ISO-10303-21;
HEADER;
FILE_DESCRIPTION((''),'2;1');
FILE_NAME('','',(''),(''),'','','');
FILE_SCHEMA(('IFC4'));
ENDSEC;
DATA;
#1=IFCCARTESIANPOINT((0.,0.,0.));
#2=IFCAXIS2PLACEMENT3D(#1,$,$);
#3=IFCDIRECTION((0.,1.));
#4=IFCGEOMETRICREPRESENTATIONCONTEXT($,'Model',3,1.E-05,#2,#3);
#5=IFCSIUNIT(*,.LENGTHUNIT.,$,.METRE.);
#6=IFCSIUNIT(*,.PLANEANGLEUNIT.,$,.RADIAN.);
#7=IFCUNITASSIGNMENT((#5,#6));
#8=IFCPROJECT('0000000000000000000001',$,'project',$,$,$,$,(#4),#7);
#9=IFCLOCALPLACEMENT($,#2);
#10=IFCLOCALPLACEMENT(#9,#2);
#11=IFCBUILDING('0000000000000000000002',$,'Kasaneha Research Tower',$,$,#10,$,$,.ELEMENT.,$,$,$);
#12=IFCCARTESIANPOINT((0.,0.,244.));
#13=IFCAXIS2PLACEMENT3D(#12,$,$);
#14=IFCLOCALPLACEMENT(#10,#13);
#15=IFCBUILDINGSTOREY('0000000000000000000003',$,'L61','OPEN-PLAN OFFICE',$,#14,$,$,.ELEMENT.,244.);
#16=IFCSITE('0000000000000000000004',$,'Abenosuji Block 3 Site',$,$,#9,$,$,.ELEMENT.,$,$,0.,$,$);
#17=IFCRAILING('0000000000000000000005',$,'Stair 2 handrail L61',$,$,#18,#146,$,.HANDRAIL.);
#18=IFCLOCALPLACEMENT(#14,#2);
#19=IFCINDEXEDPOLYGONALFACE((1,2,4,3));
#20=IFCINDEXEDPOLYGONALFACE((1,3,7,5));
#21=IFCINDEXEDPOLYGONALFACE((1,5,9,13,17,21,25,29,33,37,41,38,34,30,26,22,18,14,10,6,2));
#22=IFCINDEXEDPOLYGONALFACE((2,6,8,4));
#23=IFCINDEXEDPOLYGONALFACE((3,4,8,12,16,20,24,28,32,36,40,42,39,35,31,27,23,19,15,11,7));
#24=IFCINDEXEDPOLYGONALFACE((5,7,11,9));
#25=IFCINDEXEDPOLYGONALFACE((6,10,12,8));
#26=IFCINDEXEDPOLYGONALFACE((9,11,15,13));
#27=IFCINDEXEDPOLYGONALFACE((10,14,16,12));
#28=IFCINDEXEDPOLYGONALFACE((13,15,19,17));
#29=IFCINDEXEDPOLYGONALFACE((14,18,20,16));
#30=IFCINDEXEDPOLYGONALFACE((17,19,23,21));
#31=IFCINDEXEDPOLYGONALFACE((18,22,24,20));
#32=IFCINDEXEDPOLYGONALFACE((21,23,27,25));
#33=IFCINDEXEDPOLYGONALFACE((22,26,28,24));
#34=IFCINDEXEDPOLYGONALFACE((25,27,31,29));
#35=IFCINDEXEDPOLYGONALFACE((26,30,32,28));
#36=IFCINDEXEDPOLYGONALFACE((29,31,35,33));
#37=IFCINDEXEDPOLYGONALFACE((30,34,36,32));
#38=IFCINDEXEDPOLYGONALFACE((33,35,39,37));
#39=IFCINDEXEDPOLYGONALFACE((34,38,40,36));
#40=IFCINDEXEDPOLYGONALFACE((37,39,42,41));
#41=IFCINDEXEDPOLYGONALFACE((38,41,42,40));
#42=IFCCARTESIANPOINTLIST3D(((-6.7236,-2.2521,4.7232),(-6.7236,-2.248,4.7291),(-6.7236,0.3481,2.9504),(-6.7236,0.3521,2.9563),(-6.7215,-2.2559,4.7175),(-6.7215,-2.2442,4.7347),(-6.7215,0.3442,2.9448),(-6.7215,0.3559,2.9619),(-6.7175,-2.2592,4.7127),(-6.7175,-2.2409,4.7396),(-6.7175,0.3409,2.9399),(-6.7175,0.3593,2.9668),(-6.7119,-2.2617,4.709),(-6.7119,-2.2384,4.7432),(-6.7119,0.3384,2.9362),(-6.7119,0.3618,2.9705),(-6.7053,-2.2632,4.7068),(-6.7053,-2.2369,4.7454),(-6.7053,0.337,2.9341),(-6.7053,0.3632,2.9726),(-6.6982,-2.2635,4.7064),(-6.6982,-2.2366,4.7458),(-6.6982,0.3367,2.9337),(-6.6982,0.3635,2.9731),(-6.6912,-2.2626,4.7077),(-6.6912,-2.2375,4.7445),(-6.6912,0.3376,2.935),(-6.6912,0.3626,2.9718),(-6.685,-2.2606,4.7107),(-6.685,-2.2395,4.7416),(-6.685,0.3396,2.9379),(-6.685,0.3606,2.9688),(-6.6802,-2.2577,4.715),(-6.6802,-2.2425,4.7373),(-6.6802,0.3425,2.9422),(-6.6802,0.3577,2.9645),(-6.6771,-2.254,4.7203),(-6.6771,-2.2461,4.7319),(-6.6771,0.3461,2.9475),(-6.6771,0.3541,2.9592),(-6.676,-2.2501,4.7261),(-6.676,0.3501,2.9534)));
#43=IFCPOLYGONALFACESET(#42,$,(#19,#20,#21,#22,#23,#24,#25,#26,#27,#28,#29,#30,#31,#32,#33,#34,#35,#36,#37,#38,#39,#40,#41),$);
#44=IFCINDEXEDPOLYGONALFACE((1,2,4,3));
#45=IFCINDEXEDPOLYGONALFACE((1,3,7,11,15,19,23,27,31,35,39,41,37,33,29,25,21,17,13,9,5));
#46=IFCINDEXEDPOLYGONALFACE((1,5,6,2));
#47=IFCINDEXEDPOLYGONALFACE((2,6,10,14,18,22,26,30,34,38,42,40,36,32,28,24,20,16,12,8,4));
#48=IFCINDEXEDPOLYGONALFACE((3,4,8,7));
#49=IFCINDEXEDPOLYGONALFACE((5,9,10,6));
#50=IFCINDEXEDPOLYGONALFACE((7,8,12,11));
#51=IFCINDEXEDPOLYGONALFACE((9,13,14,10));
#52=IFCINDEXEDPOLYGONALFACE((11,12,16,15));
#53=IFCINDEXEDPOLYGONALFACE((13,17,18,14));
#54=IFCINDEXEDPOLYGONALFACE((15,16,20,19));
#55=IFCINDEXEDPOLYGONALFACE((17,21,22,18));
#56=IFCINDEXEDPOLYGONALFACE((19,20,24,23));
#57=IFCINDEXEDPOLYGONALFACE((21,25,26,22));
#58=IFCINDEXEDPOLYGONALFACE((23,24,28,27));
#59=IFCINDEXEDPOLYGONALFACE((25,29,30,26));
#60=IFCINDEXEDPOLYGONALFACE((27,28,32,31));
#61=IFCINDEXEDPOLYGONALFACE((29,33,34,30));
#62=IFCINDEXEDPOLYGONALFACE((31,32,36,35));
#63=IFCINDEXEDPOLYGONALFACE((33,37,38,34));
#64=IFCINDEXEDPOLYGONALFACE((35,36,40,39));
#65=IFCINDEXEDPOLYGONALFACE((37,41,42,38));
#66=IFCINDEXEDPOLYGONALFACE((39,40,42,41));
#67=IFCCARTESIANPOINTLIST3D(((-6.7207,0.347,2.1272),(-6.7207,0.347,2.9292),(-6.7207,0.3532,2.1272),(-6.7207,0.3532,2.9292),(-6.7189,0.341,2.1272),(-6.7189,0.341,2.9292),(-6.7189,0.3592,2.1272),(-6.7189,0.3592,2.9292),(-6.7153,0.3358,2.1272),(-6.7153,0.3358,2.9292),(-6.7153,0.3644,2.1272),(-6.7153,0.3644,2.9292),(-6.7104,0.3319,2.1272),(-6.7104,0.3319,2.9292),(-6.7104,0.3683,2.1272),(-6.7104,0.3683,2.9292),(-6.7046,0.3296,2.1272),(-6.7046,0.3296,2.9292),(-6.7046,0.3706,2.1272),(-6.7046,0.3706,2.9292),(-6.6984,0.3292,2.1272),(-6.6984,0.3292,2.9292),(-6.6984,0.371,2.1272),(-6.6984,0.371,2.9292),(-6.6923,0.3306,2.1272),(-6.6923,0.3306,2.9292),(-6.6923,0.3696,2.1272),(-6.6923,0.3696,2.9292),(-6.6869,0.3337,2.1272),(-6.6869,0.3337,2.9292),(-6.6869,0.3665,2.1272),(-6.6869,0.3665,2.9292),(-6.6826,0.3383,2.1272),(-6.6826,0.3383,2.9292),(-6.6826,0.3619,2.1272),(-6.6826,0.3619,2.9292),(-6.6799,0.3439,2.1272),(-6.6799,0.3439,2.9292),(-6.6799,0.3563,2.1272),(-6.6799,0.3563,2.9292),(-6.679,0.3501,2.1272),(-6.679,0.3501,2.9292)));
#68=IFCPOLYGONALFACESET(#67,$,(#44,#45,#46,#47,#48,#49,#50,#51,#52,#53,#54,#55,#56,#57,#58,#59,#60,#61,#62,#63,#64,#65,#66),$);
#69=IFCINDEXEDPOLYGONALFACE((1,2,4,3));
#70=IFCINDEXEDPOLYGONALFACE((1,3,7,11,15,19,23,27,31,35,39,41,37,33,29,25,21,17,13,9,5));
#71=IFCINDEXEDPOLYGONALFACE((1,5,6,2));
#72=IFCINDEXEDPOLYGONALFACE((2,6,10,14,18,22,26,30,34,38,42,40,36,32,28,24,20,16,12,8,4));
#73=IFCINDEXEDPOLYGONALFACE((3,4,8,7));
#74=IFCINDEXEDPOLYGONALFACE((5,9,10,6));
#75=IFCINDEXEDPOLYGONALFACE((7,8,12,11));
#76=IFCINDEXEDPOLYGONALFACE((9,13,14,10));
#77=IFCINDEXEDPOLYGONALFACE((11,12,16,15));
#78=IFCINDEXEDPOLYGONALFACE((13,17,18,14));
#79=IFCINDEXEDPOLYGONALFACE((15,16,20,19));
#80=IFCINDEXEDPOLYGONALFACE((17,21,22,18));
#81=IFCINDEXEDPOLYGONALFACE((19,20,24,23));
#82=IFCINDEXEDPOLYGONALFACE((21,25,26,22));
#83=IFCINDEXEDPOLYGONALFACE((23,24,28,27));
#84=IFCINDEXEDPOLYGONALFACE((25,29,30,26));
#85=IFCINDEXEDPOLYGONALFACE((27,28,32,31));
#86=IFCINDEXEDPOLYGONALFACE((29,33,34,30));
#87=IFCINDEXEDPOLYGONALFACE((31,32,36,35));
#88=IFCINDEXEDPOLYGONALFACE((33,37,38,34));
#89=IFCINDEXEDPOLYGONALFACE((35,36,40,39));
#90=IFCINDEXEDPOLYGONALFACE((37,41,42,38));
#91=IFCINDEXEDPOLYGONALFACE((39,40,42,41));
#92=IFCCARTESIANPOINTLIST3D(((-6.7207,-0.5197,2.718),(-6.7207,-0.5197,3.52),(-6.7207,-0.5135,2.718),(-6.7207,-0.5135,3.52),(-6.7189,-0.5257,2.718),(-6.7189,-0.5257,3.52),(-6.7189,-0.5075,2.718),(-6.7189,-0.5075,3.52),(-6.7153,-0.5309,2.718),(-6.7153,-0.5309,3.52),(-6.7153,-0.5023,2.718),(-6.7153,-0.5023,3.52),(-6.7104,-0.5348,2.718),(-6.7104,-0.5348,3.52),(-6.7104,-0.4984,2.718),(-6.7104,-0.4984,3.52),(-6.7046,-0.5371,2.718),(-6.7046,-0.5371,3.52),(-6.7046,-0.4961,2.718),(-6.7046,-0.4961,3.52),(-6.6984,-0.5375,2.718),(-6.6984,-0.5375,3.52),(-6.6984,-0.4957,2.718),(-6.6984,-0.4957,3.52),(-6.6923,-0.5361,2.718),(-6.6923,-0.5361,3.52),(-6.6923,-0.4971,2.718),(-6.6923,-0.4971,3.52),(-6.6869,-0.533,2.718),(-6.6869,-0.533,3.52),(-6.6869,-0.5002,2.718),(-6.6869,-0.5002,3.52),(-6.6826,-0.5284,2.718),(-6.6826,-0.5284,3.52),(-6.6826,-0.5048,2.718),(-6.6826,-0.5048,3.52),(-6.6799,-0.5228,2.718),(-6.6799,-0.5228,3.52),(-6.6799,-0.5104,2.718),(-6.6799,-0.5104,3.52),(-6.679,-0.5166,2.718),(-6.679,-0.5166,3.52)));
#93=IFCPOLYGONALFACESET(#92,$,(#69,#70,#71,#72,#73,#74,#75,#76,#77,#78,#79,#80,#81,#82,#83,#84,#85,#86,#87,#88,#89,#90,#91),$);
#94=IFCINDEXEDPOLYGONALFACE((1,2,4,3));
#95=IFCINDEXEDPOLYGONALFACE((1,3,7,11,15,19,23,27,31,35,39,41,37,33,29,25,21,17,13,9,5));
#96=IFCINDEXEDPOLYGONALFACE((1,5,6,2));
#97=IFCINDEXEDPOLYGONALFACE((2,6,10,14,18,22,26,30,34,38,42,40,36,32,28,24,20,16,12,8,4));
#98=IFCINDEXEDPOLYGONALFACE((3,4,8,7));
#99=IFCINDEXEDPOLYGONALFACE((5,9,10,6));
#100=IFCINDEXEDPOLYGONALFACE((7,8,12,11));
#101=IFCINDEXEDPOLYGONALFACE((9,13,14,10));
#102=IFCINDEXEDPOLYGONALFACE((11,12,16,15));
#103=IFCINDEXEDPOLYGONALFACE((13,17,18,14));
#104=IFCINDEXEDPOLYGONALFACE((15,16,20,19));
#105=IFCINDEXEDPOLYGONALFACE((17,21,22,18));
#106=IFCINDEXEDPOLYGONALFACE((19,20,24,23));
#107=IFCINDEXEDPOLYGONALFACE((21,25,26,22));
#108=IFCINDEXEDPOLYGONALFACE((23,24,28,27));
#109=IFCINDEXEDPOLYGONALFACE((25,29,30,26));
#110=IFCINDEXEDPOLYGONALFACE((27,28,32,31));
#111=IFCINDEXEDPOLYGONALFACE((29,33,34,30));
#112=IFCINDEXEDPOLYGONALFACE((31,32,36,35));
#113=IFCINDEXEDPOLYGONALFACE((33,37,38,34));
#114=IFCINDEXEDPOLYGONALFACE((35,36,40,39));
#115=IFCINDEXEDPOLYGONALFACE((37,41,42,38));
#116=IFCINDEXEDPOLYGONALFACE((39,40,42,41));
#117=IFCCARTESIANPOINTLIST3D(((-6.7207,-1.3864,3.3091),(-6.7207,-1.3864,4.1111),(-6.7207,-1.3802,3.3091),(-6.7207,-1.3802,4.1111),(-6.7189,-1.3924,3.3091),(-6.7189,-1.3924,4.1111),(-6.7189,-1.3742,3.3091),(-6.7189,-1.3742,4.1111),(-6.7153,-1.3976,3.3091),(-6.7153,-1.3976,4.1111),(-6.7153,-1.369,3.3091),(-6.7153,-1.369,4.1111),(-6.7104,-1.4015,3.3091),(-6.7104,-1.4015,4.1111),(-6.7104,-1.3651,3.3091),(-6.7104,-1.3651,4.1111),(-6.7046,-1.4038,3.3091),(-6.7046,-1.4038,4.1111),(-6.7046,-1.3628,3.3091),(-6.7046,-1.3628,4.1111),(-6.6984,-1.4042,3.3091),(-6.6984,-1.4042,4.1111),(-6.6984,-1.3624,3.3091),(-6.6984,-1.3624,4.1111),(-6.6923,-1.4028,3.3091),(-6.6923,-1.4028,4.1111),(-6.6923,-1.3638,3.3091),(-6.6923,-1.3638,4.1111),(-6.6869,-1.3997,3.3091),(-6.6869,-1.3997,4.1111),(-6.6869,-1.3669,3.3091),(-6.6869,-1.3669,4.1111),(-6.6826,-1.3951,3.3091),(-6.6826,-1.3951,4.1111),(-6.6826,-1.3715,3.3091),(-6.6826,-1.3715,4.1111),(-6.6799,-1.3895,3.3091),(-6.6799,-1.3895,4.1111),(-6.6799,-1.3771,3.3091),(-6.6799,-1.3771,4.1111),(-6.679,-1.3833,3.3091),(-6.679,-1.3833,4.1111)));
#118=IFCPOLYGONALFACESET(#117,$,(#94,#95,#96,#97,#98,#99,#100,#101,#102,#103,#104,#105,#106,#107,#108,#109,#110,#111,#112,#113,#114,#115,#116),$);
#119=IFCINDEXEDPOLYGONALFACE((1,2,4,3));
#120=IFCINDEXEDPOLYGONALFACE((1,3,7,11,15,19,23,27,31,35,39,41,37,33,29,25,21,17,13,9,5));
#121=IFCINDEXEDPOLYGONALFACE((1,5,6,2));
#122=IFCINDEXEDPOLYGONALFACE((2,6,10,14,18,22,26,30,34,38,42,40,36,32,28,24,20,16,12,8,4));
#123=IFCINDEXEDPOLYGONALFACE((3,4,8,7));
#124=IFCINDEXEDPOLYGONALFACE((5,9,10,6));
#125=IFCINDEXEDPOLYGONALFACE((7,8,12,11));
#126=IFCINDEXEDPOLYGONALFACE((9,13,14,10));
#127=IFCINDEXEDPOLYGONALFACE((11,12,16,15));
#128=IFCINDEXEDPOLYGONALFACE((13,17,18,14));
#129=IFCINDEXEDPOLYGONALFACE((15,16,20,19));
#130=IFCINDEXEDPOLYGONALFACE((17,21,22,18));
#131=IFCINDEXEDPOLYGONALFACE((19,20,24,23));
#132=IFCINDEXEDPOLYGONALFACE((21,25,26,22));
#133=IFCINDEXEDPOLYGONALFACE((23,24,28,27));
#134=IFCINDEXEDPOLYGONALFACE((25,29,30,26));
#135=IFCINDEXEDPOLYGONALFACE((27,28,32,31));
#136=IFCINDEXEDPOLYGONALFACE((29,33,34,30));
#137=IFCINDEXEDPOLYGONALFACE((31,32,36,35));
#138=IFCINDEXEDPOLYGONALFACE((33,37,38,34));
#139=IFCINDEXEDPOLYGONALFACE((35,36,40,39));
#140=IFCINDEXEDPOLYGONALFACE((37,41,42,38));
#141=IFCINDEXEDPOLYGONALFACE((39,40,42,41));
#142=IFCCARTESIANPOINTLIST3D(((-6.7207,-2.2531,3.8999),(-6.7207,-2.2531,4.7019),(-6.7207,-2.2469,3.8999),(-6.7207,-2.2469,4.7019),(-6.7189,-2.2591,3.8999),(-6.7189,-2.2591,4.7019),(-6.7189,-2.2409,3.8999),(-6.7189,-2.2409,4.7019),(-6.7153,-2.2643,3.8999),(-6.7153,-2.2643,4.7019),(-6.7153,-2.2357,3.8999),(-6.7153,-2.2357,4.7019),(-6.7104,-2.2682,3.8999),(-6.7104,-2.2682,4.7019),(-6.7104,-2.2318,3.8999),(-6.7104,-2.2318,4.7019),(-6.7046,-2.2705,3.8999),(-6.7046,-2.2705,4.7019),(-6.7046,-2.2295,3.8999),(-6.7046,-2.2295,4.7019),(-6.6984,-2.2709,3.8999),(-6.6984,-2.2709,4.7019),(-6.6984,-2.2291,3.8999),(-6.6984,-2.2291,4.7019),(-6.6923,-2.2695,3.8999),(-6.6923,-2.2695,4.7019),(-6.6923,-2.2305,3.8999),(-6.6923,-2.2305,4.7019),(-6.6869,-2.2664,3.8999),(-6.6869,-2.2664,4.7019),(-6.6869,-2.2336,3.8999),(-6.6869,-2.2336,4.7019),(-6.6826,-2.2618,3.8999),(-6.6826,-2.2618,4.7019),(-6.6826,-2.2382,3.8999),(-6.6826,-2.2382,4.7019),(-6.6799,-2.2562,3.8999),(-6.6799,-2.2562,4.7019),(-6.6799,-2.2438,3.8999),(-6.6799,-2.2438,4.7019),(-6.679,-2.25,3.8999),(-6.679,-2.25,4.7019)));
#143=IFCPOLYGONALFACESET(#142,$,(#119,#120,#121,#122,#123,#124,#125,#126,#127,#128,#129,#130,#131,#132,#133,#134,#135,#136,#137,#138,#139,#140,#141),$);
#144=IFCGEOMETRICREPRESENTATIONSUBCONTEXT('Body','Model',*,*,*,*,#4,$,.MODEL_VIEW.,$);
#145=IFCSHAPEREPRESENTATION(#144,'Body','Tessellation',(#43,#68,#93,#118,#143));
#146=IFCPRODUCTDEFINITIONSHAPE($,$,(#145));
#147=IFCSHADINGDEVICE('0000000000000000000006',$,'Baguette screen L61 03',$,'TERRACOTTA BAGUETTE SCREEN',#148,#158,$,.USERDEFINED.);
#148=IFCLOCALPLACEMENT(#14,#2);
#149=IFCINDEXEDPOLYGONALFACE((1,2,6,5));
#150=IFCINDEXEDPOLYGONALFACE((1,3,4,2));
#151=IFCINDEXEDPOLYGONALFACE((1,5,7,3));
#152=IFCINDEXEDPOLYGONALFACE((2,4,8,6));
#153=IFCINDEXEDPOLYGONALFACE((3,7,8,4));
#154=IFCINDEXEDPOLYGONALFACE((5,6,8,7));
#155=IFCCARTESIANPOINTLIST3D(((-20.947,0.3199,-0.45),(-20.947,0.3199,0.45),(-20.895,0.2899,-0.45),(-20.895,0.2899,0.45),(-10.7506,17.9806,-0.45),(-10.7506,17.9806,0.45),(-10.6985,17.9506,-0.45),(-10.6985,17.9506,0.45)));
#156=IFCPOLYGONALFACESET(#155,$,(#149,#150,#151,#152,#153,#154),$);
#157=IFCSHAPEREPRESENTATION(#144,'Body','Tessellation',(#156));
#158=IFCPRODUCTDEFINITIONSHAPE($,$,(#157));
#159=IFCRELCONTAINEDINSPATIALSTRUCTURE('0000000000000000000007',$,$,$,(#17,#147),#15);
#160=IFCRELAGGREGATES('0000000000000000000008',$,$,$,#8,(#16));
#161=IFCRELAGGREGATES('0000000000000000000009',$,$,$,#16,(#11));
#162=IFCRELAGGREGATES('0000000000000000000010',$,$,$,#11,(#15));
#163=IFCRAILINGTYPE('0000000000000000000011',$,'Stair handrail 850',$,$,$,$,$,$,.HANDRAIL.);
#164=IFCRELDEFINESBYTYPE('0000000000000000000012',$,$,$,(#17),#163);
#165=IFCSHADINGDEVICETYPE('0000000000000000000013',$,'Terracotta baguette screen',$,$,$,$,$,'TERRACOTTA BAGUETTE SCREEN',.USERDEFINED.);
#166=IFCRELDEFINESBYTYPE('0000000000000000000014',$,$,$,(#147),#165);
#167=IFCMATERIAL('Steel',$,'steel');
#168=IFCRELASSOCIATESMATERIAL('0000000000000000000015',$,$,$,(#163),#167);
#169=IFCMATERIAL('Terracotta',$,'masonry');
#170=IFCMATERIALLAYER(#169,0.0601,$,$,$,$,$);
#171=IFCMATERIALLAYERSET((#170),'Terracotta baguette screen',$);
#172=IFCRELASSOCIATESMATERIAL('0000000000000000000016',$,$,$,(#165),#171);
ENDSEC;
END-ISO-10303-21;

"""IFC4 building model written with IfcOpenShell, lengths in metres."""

from ifc_helpers import new_model, si_unit, direction, frame, origin, origin_2d, place, context, subcontext, project, spatial, rectangle, circle, extrude, material, layer, layer_set, type_object, element, save


model = new_model("IFC4")

# Units and contexts
model_context = context("Model", 3, precision=1e-05, world=origin(), true_north=direction((0.0, 1.0)))
body_context = subcontext(model_context, "Body", "Model", "MODEL_VIEW")
ifc_project = project(units=[si_unit("LENGTHUNIT", "METRE"), si_unit("PLANEANGLEUNIT", "RADIAN")], contexts=[model_context])

# Site, building, storey
site_placement = place(None, origin())
site = spatial("IfcSite", under=ifc_project, at=site_placement, Name="Abenosuji Block 3 Site", CompositionType="ELEMENT", RefElevation=0.0)
building_placement = place(site_placement, origin())
building = spatial("IfcBuilding", under=site, at=building_placement, Name="Kasaneha Research Tower", CompositionType="ELEMENT")
storey_placement = place(building_placement, frame((0.0, 0.0, 244.0)))
storey = spatial("IfcBuildingStorey", under=building, at=storey_placement, Name="L61", Description="OPEN-PLAN OFFICE", CompositionType="ELEMENT", Elevation=244.0)

# Railing
ifc_material_1 = material(Name="Steel", Category="steel")
railing_type_1 = type_object("IfcRailingType", Name="Stair handrail 850", PredefinedType="HANDRAIL", material=ifc_material_1)
railing_1_placement = place(storey_placement, frame((-6.7, 0.3501, 2.1272)))
element("IfcRailing", 1, at=railing_1_placement, inside=storey, type_object=railing_type_1, Name="Stair 2 handrail L61", PredefinedType="HANDRAIL", context=body_context, shape_type="SweptSolid", body=[
    extrude(circle(Radius=0.0239, at=origin_2d()), frame((0.0, 0.0, 0.8262), z_axis=(0.0, -0.82624, 0.563318), x_axis=(1.0, 0.0, 0.0)), (0.0, 0.0, 1.0), 3.147),
    extrude(circle(Radius=0.021, at=origin_2d()), origin(), (0.0, 0.0, 1.0), 0.802),
    extrude(circle(Radius=0.021, at=origin_2d()), frame((0.0, -0.8667, 0.5908)), (0.0, 0.0, 1.0), 0.802),
    extrude(circle(Radius=0.021, at=origin_2d()), frame((0.0, -1.7334, 1.1819)), (0.0, 0.0, 1.0), 0.802),
    extrude(circle(Radius=0.021, at=origin_2d()), frame((0.0, -2.6001, 1.7727)), (0.0, 0.0, 1.0), 0.802),
])

# Shading device
ifc_material_2 = material(Name="Terracotta", Category="masonry")
ifc_layer_1 = layer(ifc_material_2, 0.0601)
ifc_layer_set_1 = layer_set([ifc_layer_1], Name="Terracotta baguette screen")
shading_device_type = type_object("IfcShadingDeviceType", Name="Terracotta baguette screen", ElementType="TERRACOTTA BAGUETTE SCREEN", PredefinedType="USERDEFINED", material=ifc_layer_set_1)
shading_device_placement = place(storey_placement, frame((-15.8228, 9.1353, -0.45), z_axis=(0.0, 0.0, 1.0), x_axis=(-0.5, -0.866025, 0.0)))
element("IfcShadingDevice", 2, at=shading_device_placement, inside=storey, type_object=shading_device_type, Name="Baguette screen L61 03", ObjectType="TERRACOTTA BAGUETTE SCREEN", PredefinedType="USERDEFINED", context=body_context, shape_type="SweptSolid", body=[
    extrude(rectangle(XDim=20.3928, YDim=0.0601, at=origin_2d()), origin(), (0.0, 0.0, 1.0), 0.8999),
])

save(model, "model.ifc")
